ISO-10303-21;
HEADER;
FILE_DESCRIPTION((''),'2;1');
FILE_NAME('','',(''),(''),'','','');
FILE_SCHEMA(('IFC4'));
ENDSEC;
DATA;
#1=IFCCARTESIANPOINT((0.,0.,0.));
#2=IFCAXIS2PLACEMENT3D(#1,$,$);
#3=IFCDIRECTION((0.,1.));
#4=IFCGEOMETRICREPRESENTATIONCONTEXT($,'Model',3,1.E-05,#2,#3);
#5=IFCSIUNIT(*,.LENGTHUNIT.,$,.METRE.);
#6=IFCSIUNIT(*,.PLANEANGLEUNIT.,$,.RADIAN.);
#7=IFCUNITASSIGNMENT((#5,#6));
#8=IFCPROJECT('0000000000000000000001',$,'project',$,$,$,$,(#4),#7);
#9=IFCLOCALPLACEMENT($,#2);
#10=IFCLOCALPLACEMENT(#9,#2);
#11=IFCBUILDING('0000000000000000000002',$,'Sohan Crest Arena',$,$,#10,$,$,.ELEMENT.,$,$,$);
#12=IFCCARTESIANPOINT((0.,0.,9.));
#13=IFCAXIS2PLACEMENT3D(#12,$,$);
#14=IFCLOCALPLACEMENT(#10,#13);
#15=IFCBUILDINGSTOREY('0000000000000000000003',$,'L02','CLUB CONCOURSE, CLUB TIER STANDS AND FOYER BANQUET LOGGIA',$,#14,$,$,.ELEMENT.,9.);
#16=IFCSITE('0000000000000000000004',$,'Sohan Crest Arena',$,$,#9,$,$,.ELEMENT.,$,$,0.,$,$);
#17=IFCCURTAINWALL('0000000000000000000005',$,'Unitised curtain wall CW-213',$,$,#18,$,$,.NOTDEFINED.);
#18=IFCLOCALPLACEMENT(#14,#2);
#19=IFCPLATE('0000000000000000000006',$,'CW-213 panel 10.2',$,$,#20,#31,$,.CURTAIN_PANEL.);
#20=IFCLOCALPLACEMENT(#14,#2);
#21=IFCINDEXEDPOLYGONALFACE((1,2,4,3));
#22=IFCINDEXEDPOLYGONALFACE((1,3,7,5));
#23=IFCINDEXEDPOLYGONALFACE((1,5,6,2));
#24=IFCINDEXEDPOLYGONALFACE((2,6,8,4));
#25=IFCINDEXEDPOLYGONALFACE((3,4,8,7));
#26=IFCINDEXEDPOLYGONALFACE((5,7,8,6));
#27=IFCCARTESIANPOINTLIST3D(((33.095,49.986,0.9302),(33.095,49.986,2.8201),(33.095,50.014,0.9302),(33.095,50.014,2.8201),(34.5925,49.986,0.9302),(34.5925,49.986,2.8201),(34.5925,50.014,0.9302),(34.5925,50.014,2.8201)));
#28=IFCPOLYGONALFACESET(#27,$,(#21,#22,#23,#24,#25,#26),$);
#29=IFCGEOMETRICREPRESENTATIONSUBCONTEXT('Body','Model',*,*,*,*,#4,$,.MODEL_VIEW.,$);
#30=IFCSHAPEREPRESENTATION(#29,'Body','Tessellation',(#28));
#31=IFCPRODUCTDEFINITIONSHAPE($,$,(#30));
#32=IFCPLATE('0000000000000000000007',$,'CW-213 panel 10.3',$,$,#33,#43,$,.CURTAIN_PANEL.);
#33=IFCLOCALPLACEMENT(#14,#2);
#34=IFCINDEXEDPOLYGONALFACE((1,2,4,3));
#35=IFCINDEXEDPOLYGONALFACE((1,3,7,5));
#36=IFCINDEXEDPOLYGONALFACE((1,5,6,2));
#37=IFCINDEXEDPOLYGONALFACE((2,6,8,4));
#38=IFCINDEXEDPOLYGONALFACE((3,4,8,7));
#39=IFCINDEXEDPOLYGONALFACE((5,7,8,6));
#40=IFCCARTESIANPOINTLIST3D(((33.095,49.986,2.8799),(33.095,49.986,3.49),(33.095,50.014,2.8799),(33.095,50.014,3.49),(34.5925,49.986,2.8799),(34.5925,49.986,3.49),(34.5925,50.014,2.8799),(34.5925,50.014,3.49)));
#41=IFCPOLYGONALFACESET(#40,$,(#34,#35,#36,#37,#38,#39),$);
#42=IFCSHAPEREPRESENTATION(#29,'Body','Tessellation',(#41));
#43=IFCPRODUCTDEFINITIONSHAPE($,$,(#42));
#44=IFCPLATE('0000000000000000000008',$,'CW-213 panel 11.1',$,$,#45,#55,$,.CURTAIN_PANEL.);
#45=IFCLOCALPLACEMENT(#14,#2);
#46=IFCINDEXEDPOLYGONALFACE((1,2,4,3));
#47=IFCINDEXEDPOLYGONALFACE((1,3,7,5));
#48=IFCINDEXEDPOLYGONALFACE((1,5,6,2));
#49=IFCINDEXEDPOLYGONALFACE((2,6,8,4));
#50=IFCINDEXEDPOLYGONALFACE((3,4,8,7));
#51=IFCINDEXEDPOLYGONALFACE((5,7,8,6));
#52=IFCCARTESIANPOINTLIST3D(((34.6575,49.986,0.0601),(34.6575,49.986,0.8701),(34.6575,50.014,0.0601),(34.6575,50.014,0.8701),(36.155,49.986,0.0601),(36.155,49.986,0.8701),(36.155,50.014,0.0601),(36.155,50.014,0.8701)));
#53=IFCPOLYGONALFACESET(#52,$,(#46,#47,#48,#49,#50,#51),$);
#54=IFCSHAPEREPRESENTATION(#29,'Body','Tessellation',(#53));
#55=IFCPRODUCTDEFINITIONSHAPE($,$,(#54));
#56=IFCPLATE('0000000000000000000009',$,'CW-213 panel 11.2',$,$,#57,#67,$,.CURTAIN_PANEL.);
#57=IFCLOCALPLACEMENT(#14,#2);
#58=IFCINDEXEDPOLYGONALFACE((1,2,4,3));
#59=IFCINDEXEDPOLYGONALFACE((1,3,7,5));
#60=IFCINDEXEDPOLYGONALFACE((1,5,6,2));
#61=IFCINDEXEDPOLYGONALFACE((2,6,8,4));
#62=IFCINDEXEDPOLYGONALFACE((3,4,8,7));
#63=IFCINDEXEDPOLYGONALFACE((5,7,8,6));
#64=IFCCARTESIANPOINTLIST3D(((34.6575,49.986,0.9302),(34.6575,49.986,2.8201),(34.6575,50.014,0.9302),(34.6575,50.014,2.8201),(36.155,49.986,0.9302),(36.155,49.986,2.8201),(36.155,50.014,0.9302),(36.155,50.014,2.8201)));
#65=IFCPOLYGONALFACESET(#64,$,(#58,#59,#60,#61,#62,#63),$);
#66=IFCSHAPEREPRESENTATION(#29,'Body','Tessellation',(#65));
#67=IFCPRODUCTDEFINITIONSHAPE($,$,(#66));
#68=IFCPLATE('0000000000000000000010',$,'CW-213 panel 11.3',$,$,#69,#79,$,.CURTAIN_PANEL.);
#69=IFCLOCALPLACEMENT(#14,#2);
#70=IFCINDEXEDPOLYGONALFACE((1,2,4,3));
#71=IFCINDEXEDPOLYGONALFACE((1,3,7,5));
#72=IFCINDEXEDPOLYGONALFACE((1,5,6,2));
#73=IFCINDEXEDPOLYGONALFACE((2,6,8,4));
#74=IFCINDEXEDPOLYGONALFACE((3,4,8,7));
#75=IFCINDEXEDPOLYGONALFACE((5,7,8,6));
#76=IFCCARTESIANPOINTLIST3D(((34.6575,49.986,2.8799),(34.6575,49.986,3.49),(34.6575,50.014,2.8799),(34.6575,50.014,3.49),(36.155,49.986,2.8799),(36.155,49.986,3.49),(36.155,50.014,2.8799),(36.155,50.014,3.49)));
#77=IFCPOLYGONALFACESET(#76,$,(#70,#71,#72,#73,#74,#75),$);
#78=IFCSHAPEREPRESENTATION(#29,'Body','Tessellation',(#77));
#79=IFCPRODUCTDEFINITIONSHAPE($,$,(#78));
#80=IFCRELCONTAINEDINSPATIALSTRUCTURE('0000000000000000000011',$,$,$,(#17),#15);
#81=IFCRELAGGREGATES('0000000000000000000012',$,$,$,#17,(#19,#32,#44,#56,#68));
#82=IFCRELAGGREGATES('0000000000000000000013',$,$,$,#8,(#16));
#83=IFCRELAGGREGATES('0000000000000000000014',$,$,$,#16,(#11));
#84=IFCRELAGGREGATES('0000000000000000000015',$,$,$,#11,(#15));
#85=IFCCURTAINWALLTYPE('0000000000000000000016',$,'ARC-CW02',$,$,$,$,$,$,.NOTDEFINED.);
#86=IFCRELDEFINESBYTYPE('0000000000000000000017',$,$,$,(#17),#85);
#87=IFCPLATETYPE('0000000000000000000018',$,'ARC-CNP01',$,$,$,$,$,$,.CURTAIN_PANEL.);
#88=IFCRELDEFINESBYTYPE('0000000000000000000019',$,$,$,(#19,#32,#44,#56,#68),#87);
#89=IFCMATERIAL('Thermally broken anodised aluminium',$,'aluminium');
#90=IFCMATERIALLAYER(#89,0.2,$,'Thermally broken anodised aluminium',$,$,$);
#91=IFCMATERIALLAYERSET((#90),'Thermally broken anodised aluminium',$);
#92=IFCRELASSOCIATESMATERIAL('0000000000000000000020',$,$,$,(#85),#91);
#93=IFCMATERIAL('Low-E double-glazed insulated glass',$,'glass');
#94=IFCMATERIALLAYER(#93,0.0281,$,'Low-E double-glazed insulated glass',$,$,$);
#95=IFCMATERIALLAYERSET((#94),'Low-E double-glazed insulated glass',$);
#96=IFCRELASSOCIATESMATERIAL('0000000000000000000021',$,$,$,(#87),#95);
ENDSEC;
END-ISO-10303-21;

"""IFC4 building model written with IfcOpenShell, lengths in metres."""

from ifc_helpers import new_model, si_unit, direction, frame, origin, origin_2d, place, context, subcontext, project, spatial, rectangle, extrude, material, layer, layer_set, type_object, element, aggregate, save


model = new_model("IFC4")

# Units and contexts
model_context = context("Model", 3, precision=1e-05, world=origin(), true_north=direction((0.0, 1.0)))
body_context = subcontext(model_context, "Body", "Model", "MODEL_VIEW")
ifc_project = project(units=[si_unit("LENGTHUNIT", "METRE"), si_unit("PLANEANGLEUNIT", "RADIAN")], contexts=[model_context])

# Site, building, storey
site_placement = place(None, origin())
site = spatial("IfcSite", under=ifc_project, at=site_placement, Name="Sohan Crest Arena", CompositionType="ELEMENT", RefElevation=0.0)
building_placement = place(site_placement, origin())
building = spatial("IfcBuilding", under=site, at=building_placement, Name="Sohan Crest Arena", CompositionType="ELEMENT")
storey_placement = place(building_placement, frame((0.0, 0.0, 9.0)))
storey = spatial("IfcBuildingStorey", under=building, at=storey_placement, Name="L02", Description="CLUB CONCOURSE, CLUB TIER STANDS AND FOYER BANQUET LOGGIA", CompositionType="ELEMENT", Elevation=9.0)

# Curtain wall, plates
ifc_material_1 = material(Name="Thermally broken anodised aluminium", Category="aluminium")
ifc_layer_1 = layer(ifc_material_1, 0.2, Name="Thermally broken anodised aluminium")
ifc_layer_set_1 = layer_set([ifc_layer_1], Name="Thermally broken anodised aluminium")
curtain_wall_type = type_object("IfcCurtainWallType", Name="ARC-CW02", PredefinedType="NOTDEFINED", material=ifc_layer_set_1)
curtain_wall_placement = place(storey_placement, origin())
curtain_wall = element("IfcCurtainWall", 1, at=curtain_wall_placement, inside=storey, type_object=curtain_wall_type, Name="Unitised curtain wall CW-213", PredefinedType="NOTDEFINED")
ifc_material_2 = material(Name="Low-E double-glazed insulated glass", Category="glass")
ifc_layer_2 = layer(ifc_material_2, 0.0281, Name="Low-E double-glazed insulated glass")
ifc_layer_set_2 = layer_set([ifc_layer_2], Name="Low-E double-glazed insulated glass")
plate_type = type_object("IfcPlateType", Name="ARC-CNP01", PredefinedType="CURTAIN_PANEL", material=ifc_layer_set_2)
plate_1_placement = place(storey_placement, frame((33.8438, 50.0, 0.9302), z_axis=(0.0, 0.0, 1.0), x_axis=(1.0, 0.0, 0.0)))
plate_1 = element("IfcPlate", 2, at=plate_1_placement, type_object=plate_type, Name="CW-213 panel 10.2", PredefinedType="CURTAIN_PANEL", context=body_context, shape_type="SweptSolid", body=[
    extrude(rectangle(XDim=1.4976, YDim=0.0281, at=origin_2d()), origin(), (0.0, 0.0, 1.0), 1.8899),
])
plate_2_placement = place(storey_placement, frame((33.8438, 50.0, 2.8799), z_axis=(0.0, 0.0, 1.0), x_axis=(1.0, 0.0, 0.0)))
plate_2 = element("IfcPlate", 3, at=plate_2_placement, type_object=plate_type, Name="CW-213 panel 10.3", PredefinedType="CURTAIN_PANEL", context=body_context, shape_type="SweptSolid", body=[
    extrude(rectangle(XDim=1.4976, YDim=0.0281, at=origin_2d()), origin(), (0.0, 0.0, 1.0), 0.6101),
])
plate_3_placement = place(storey_placement, frame((35.4062, 50.0, 0.0601), z_axis=(0.0, 0.0, 1.0), x_axis=(1.0, 0.0, 0.0)))
plate_3 = element("IfcPlate", 4, at=plate_3_placement, type_object=plate_type, Name="CW-213 panel 11.1", PredefinedType="CURTAIN_PANEL", context=body_context, shape_type="SweptSolid", body=[
    extrude(rectangle(XDim=1.4976, YDim=0.0281, at=origin_2d()), origin(), (0.0, 0.0, 1.0), 0.8101),
])
plate_4_placement = place(storey_placement, frame((35.4062, 50.0, 0.9302), z_axis=(0.0, 0.0, 1.0), x_axis=(1.0, 0.0, 0.0)))
plate_4 = element("IfcPlate", 5, at=plate_4_placement, type_object=plate_type, Name="CW-213 panel 11.2", PredefinedType="CURTAIN_PANEL", context=body_context, shape_type="SweptSolid", body=[
    extrude(rectangle(XDim=1.4976, YDim=0.0281, at=origin_2d()), origin(), (0.0, 0.0, 1.0), 1.8899),
])
plate_5_placement = place(storey_placement, frame((35.4062, 50.0, 2.8799), z_axis=(0.0, 0.0, 1.0), x_axis=(1.0, 0.0, 0.0)))
plate_5 = element("IfcPlate", 6, at=plate_5_placement, type_object=plate_type, Name="CW-213 panel 11.3", PredefinedType="CURTAIN_PANEL", context=body_context, shape_type="SweptSolid", body=[
    extrude(rectangle(XDim=1.4976, YDim=0.0281, at=origin_2d()), origin(), (0.0, 0.0, 1.0), 0.6101),
])
aggregate(curtain_wall, [plate_1, plate_2, plate_3, plate_4, plate_5])

save(model, "model.ifc")
